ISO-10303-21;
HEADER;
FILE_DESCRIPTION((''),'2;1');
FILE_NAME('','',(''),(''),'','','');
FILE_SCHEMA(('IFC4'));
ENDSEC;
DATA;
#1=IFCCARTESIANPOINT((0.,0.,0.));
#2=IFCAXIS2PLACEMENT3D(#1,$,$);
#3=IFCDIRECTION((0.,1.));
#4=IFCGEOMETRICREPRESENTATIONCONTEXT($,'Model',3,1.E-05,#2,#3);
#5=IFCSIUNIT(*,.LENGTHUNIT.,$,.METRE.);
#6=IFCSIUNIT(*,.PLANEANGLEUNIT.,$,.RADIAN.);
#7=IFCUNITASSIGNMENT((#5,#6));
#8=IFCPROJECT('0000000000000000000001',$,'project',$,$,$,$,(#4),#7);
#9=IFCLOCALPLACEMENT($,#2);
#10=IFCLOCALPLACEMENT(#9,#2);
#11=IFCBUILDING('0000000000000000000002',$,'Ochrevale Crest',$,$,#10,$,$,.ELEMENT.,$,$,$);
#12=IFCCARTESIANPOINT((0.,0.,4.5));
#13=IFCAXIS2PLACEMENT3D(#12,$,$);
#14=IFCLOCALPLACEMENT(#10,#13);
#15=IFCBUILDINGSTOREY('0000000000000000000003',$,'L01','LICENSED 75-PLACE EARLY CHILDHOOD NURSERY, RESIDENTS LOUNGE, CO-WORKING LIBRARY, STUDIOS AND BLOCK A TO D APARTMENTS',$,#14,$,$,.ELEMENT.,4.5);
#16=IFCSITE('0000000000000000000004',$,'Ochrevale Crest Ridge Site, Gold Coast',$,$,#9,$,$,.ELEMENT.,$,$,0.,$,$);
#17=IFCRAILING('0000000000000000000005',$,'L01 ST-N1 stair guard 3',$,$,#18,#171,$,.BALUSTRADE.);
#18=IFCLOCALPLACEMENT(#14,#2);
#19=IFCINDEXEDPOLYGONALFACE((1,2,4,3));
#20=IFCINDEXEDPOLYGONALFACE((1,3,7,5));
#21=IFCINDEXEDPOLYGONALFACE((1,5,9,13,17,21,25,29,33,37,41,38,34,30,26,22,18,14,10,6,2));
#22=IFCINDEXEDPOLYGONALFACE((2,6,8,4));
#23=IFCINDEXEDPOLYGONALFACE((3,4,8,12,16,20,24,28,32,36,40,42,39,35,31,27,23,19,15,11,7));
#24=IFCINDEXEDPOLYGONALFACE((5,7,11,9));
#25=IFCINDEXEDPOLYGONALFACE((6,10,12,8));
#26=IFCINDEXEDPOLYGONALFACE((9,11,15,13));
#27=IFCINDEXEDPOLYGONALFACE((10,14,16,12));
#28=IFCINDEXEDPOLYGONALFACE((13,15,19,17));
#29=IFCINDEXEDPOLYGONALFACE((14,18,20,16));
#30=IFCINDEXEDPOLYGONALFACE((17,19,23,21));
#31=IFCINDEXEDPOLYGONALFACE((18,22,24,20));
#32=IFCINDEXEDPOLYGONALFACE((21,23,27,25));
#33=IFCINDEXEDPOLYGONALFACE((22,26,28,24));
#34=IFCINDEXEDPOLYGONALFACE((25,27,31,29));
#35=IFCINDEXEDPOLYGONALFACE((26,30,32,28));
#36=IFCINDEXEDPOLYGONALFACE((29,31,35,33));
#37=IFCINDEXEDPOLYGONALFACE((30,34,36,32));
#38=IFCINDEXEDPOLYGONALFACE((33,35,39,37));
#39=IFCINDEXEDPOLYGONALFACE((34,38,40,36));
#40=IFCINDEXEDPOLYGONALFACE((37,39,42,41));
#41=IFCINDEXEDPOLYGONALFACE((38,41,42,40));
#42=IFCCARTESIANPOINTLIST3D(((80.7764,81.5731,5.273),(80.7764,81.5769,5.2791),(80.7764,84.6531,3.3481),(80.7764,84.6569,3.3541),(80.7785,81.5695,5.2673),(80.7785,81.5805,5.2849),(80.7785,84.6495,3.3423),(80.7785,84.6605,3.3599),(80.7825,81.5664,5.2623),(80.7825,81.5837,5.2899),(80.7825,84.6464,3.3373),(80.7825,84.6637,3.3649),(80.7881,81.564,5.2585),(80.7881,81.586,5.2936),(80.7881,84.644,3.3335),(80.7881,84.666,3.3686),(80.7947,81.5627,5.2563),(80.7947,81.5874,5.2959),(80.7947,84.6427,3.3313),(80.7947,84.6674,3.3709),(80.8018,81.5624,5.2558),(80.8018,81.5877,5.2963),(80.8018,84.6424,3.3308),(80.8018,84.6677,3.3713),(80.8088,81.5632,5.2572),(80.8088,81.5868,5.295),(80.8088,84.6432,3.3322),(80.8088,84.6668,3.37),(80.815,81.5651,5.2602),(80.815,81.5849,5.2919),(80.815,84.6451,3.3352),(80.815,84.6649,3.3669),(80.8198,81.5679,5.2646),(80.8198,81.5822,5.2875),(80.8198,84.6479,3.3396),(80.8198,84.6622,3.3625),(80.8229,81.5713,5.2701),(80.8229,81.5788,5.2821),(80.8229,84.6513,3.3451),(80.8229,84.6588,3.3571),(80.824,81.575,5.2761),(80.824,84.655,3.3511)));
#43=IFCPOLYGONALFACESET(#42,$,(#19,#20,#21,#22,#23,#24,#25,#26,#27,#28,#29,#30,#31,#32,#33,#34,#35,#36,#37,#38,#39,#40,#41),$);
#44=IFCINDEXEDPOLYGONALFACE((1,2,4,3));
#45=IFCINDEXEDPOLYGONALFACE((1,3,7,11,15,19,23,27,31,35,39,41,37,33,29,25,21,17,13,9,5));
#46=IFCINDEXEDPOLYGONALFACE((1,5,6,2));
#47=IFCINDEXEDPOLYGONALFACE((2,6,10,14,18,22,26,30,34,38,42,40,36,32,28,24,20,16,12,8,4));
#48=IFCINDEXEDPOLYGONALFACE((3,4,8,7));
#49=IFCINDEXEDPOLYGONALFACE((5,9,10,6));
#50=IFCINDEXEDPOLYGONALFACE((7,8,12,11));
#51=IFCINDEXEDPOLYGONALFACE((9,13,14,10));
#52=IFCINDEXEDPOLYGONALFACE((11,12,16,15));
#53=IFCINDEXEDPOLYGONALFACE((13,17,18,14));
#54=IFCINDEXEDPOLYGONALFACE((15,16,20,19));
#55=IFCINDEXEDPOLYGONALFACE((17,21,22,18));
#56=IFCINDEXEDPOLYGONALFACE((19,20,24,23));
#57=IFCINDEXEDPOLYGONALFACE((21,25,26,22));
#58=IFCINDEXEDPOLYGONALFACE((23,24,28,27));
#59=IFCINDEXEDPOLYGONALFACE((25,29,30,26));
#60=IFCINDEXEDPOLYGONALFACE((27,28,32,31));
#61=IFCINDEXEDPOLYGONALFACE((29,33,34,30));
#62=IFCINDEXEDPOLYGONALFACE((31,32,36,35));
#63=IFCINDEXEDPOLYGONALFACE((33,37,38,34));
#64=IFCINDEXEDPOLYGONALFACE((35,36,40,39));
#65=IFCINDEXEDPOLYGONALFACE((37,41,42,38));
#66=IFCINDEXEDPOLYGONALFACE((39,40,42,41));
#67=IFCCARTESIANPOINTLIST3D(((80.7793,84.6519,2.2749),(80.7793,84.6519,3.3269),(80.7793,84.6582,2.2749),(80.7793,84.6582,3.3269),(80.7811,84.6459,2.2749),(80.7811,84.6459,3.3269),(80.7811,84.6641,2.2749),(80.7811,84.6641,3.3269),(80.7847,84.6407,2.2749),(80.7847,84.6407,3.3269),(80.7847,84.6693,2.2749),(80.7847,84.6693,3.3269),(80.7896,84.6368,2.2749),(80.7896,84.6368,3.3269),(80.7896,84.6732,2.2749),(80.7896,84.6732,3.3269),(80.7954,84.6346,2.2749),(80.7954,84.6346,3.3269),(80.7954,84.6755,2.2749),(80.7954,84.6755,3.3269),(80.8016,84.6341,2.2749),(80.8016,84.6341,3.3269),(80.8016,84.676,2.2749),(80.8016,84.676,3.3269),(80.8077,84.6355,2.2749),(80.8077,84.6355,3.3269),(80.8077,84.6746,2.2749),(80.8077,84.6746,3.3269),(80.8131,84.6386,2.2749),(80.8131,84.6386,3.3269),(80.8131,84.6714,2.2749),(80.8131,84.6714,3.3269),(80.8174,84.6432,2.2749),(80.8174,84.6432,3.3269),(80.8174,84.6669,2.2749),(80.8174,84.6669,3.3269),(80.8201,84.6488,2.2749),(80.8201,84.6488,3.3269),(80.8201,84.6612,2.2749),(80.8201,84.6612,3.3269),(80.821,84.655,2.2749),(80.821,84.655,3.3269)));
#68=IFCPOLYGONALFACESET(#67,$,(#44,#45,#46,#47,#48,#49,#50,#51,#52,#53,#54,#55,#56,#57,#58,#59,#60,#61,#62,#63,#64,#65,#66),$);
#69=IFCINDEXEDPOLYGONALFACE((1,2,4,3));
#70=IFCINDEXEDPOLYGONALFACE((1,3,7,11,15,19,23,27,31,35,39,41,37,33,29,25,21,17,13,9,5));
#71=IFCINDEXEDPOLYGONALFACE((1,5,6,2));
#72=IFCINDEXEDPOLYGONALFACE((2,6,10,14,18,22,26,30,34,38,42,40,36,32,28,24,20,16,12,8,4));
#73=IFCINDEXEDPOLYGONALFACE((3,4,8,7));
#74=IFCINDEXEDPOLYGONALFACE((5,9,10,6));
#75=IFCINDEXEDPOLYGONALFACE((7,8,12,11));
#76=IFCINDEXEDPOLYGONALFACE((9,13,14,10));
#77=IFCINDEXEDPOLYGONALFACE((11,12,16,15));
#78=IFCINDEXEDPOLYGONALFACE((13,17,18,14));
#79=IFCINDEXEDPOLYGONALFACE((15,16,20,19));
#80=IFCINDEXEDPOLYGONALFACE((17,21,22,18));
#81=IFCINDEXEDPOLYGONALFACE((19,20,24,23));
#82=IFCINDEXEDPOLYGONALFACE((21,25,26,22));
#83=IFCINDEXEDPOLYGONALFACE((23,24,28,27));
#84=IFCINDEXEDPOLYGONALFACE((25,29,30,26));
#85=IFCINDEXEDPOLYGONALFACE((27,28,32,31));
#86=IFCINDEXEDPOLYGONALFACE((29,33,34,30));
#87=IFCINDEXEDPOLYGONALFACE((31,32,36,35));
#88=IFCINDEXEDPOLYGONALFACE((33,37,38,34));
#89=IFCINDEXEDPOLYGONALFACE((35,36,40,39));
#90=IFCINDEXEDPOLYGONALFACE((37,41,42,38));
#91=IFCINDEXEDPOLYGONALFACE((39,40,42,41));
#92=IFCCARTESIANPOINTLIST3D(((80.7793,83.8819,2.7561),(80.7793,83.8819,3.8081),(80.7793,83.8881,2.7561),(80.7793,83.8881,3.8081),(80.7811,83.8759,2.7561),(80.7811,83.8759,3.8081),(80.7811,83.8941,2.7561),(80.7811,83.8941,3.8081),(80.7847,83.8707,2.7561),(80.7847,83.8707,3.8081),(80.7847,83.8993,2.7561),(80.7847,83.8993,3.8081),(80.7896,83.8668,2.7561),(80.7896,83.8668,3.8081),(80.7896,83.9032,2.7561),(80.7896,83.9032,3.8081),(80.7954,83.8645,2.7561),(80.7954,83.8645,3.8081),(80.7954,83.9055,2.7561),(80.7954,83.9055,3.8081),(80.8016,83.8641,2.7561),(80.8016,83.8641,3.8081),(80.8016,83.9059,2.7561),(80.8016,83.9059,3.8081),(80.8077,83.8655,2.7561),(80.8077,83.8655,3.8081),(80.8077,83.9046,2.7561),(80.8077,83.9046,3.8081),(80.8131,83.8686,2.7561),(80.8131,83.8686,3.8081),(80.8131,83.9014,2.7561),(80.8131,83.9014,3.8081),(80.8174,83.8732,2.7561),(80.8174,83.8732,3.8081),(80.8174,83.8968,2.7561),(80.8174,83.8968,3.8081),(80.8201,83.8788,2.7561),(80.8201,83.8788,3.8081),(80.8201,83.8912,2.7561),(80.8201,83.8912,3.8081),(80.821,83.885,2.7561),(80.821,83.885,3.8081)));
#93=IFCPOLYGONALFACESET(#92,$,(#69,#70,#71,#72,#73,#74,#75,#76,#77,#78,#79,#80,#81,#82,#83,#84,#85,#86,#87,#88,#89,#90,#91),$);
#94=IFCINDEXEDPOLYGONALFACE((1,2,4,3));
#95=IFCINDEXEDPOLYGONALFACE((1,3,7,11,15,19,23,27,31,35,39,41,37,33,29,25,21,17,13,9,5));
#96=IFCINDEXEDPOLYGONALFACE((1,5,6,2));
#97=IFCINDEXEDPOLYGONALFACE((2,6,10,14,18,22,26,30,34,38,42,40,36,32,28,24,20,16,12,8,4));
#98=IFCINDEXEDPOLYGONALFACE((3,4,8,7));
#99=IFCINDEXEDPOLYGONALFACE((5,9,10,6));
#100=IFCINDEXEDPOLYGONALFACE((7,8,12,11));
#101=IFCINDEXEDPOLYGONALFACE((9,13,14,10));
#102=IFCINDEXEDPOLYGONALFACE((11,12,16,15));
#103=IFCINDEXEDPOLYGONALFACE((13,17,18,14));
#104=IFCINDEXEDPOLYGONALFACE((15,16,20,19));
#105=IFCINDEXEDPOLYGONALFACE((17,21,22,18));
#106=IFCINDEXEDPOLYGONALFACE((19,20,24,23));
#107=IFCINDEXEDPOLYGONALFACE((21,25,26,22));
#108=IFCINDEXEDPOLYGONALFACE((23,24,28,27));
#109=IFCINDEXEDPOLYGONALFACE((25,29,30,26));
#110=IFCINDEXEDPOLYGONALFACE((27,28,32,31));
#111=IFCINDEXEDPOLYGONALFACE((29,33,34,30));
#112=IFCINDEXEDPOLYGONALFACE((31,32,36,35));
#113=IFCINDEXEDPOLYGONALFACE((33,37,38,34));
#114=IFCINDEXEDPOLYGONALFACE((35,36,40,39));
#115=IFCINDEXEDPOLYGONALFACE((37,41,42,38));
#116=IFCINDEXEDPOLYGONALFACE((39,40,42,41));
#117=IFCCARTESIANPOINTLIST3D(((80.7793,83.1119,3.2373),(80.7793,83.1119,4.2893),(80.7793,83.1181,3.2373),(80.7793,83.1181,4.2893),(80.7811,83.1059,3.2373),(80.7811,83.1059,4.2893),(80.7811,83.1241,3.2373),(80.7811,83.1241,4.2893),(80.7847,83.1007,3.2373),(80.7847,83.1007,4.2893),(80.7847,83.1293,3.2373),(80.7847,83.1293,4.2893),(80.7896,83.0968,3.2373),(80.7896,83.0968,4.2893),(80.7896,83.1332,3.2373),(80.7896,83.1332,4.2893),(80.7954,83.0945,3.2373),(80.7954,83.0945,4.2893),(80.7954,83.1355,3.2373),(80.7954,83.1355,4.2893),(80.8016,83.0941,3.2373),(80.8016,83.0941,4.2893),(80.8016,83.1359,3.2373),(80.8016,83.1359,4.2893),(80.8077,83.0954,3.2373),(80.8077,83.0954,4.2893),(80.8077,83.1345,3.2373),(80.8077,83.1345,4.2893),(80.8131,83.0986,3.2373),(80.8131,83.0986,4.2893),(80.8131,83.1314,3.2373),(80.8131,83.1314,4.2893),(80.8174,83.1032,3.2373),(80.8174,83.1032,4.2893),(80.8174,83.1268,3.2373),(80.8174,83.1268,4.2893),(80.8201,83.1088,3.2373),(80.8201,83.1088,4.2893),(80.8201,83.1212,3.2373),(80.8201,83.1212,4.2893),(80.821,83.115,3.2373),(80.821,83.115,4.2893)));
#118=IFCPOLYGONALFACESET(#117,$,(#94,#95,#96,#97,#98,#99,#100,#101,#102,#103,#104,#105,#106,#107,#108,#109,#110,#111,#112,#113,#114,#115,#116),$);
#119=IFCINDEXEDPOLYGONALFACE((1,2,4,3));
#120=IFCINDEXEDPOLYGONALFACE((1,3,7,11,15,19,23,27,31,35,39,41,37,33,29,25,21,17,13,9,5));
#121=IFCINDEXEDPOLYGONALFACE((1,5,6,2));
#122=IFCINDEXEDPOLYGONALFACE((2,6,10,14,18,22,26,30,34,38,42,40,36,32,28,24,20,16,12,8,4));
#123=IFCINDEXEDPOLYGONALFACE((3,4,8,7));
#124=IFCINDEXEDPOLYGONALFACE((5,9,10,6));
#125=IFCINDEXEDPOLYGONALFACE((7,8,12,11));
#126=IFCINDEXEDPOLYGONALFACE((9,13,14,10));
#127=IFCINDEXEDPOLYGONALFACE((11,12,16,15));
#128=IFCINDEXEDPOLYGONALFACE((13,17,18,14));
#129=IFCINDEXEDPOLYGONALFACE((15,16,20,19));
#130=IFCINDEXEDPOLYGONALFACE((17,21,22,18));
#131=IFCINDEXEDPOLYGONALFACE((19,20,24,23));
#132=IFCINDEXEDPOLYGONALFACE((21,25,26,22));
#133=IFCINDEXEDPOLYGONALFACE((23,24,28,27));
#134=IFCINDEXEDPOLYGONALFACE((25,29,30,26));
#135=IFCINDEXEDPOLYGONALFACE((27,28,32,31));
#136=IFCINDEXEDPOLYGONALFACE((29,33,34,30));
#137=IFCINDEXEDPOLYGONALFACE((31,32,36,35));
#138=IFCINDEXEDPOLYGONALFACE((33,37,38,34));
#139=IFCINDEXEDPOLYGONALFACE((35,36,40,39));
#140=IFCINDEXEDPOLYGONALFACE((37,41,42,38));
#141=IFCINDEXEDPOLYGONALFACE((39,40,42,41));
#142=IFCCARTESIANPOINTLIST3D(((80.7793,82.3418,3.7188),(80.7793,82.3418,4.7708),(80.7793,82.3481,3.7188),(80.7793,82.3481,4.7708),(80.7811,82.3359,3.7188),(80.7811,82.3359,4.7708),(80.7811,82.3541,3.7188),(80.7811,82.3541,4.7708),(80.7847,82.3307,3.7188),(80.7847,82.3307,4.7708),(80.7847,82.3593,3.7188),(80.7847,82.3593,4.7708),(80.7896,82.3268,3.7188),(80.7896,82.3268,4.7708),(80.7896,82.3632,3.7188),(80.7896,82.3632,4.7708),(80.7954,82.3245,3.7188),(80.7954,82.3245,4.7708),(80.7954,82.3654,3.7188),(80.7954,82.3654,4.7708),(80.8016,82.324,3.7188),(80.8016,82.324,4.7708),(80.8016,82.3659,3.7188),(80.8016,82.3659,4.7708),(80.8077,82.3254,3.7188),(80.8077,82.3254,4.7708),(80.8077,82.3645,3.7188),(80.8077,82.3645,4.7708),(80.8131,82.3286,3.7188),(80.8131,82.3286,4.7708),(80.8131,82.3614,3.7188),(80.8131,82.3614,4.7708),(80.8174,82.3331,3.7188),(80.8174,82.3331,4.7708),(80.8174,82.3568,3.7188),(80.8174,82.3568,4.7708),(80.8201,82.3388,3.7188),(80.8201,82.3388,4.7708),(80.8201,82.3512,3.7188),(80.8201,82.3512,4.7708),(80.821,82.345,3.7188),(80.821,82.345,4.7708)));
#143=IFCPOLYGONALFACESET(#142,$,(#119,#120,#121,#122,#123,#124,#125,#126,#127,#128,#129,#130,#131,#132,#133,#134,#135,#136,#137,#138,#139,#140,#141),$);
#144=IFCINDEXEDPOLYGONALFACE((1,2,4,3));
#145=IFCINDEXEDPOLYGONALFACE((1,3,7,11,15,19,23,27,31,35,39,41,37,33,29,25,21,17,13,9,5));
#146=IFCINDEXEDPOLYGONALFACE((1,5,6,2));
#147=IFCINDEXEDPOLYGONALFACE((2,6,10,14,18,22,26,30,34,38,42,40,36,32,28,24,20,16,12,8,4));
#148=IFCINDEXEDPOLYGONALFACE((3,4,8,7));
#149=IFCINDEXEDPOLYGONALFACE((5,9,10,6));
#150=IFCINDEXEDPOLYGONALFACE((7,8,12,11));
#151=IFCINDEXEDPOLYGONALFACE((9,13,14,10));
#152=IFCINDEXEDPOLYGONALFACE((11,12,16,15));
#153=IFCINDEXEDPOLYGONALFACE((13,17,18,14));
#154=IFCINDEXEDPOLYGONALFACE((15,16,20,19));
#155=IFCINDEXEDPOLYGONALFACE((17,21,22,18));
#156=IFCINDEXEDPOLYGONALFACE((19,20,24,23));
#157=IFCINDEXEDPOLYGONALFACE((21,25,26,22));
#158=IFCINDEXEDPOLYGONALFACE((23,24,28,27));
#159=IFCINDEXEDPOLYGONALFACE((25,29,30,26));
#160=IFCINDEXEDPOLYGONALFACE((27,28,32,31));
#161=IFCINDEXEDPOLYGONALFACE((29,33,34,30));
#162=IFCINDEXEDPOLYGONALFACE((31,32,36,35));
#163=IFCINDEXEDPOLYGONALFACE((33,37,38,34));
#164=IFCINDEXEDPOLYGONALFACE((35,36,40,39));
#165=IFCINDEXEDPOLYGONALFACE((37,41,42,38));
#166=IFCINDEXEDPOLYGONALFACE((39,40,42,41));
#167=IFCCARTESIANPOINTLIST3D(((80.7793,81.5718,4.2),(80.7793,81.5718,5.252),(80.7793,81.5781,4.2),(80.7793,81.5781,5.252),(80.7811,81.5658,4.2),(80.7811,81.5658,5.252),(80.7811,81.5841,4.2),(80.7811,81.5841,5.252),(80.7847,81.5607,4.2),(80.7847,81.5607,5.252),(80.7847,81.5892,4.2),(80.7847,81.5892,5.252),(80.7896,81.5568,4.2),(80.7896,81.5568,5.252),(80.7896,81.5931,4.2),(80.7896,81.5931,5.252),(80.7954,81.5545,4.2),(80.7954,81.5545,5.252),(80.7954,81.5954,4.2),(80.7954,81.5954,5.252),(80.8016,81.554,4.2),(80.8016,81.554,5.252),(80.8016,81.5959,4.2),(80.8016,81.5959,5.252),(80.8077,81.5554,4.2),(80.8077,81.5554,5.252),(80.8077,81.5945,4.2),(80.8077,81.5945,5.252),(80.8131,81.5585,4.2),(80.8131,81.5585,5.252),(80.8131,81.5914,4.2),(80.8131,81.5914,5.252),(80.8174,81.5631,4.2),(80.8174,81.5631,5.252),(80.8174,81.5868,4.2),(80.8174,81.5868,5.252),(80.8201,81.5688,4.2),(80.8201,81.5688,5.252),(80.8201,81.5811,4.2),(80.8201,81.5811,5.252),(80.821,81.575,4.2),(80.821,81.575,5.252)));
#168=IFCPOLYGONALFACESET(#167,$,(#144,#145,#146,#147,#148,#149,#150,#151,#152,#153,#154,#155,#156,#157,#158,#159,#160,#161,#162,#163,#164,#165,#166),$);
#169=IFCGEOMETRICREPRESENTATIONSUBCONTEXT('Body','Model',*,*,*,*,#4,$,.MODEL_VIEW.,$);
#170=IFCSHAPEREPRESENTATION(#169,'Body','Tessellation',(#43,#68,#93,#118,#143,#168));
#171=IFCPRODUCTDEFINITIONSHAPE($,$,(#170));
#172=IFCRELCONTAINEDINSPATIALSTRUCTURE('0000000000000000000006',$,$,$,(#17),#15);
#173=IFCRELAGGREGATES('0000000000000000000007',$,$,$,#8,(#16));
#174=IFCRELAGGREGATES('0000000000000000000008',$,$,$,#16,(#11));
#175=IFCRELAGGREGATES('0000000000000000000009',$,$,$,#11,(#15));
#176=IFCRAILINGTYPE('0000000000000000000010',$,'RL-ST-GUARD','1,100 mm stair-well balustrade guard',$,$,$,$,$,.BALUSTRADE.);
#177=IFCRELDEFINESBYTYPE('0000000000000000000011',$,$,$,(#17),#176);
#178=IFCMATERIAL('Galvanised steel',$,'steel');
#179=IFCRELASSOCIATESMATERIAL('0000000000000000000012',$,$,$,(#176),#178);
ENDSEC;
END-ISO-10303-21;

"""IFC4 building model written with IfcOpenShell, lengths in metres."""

from ifc_helpers import new_model, si_unit, direction, frame, origin, origin_2d, place, context, subcontext, project, spatial, circle, extrude, material, type_object, element, save


model = new_model("IFC4")

# Units and contexts
model_context = context("Model", 3, precision=1e-05, world=origin(), true_north=direction((0.0, 1.0)))
body_context = subcontext(model_context, "Body", "Model", "MODEL_VIEW")
ifc_project = project(units=[si_unit("LENGTHUNIT", "METRE"), si_unit("PLANEANGLEUNIT", "RADIAN")], contexts=[model_context])

# Site, building, storey
site_placement = place(None, origin())
site = spatial("IfcSite", under=ifc_project, at=site_placement, Name="Ochrevale Crest Ridge Site, Gold Coast", CompositionType="ELEMENT", RefElevation=0.0)
building_placement = place(site_placement, origin())
building = spatial("IfcBuilding", under=site, at=building_placement, Name="Ochrevale Crest", CompositionType="ELEMENT")
storey_placement = place(building_placement, frame((0.0, 0.0, 4.5)))
storey = spatial("IfcBuildingStorey", under=building, at=storey_placement, Name="L01", Description="LICENSED 75-PLACE EARLY CHILDHOOD NURSERY, RESIDENTS LOUNGE, CO-WORKING LIBRARY, STUDIOS AND BLOCK A TO D APARTMENTS", CompositionType="ELEMENT", Elevation=4.5)

# Railing
ifc_material_1 = material(Name="Galvanised steel", Category="steel")
railing_type_1 = type_object("IfcRailingType", Name="RL-ST-GUARD", Description="1,100 mm stair-well balustrade guard", PredefinedType="BALUSTRADE", material=ifc_material_1)
railing_1_placement = place(storey_placement, frame((80.8, 84.655, 2.2749)))
element("IfcRailing", 1, at=railing_1_placement, inside=storey, type_object=railing_type_1, Name="L01 ST-N1 stair guard 3", PredefinedType="BALUSTRADE", context=body_context, shape_type="SweptSolid", body=[
    extrude(circle(Radius=0.0239, at=origin_2d()), frame((0.0, 0.0, 1.0762), z_axis=(0.0, -0.847998, 0.529999), x_axis=(1.0, 0.0, 0.0)), (0.0, 0.0, 1.0), 3.6321),
    extrude(circle(Radius=0.021, at=origin_2d()), origin(), (0.0, 0.0, 1.0), 1.052),
    extrude(circle(Radius=0.021, at=origin_2d()), frame((0.0, -0.77, 0.4812)), (0.0, 0.0, 1.0), 1.052),
    extrude(circle(Radius=0.021, at=origin_2d()), frame((0.0, -1.54, 0.9624)), (0.0, 0.0, 1.0), 1.052),
    extrude(circle(Radius=0.021, at=origin_2d()), frame((0.0, -2.3101, 1.4438)), (0.0, 0.0, 1.0), 1.052),
    extrude(circle(Radius=0.021, at=origin_2d()), frame((0.0, -3.0801, 1.925)), (0.0, 0.0, 1.0), 1.052),
])

save(model, "model.ifc")
